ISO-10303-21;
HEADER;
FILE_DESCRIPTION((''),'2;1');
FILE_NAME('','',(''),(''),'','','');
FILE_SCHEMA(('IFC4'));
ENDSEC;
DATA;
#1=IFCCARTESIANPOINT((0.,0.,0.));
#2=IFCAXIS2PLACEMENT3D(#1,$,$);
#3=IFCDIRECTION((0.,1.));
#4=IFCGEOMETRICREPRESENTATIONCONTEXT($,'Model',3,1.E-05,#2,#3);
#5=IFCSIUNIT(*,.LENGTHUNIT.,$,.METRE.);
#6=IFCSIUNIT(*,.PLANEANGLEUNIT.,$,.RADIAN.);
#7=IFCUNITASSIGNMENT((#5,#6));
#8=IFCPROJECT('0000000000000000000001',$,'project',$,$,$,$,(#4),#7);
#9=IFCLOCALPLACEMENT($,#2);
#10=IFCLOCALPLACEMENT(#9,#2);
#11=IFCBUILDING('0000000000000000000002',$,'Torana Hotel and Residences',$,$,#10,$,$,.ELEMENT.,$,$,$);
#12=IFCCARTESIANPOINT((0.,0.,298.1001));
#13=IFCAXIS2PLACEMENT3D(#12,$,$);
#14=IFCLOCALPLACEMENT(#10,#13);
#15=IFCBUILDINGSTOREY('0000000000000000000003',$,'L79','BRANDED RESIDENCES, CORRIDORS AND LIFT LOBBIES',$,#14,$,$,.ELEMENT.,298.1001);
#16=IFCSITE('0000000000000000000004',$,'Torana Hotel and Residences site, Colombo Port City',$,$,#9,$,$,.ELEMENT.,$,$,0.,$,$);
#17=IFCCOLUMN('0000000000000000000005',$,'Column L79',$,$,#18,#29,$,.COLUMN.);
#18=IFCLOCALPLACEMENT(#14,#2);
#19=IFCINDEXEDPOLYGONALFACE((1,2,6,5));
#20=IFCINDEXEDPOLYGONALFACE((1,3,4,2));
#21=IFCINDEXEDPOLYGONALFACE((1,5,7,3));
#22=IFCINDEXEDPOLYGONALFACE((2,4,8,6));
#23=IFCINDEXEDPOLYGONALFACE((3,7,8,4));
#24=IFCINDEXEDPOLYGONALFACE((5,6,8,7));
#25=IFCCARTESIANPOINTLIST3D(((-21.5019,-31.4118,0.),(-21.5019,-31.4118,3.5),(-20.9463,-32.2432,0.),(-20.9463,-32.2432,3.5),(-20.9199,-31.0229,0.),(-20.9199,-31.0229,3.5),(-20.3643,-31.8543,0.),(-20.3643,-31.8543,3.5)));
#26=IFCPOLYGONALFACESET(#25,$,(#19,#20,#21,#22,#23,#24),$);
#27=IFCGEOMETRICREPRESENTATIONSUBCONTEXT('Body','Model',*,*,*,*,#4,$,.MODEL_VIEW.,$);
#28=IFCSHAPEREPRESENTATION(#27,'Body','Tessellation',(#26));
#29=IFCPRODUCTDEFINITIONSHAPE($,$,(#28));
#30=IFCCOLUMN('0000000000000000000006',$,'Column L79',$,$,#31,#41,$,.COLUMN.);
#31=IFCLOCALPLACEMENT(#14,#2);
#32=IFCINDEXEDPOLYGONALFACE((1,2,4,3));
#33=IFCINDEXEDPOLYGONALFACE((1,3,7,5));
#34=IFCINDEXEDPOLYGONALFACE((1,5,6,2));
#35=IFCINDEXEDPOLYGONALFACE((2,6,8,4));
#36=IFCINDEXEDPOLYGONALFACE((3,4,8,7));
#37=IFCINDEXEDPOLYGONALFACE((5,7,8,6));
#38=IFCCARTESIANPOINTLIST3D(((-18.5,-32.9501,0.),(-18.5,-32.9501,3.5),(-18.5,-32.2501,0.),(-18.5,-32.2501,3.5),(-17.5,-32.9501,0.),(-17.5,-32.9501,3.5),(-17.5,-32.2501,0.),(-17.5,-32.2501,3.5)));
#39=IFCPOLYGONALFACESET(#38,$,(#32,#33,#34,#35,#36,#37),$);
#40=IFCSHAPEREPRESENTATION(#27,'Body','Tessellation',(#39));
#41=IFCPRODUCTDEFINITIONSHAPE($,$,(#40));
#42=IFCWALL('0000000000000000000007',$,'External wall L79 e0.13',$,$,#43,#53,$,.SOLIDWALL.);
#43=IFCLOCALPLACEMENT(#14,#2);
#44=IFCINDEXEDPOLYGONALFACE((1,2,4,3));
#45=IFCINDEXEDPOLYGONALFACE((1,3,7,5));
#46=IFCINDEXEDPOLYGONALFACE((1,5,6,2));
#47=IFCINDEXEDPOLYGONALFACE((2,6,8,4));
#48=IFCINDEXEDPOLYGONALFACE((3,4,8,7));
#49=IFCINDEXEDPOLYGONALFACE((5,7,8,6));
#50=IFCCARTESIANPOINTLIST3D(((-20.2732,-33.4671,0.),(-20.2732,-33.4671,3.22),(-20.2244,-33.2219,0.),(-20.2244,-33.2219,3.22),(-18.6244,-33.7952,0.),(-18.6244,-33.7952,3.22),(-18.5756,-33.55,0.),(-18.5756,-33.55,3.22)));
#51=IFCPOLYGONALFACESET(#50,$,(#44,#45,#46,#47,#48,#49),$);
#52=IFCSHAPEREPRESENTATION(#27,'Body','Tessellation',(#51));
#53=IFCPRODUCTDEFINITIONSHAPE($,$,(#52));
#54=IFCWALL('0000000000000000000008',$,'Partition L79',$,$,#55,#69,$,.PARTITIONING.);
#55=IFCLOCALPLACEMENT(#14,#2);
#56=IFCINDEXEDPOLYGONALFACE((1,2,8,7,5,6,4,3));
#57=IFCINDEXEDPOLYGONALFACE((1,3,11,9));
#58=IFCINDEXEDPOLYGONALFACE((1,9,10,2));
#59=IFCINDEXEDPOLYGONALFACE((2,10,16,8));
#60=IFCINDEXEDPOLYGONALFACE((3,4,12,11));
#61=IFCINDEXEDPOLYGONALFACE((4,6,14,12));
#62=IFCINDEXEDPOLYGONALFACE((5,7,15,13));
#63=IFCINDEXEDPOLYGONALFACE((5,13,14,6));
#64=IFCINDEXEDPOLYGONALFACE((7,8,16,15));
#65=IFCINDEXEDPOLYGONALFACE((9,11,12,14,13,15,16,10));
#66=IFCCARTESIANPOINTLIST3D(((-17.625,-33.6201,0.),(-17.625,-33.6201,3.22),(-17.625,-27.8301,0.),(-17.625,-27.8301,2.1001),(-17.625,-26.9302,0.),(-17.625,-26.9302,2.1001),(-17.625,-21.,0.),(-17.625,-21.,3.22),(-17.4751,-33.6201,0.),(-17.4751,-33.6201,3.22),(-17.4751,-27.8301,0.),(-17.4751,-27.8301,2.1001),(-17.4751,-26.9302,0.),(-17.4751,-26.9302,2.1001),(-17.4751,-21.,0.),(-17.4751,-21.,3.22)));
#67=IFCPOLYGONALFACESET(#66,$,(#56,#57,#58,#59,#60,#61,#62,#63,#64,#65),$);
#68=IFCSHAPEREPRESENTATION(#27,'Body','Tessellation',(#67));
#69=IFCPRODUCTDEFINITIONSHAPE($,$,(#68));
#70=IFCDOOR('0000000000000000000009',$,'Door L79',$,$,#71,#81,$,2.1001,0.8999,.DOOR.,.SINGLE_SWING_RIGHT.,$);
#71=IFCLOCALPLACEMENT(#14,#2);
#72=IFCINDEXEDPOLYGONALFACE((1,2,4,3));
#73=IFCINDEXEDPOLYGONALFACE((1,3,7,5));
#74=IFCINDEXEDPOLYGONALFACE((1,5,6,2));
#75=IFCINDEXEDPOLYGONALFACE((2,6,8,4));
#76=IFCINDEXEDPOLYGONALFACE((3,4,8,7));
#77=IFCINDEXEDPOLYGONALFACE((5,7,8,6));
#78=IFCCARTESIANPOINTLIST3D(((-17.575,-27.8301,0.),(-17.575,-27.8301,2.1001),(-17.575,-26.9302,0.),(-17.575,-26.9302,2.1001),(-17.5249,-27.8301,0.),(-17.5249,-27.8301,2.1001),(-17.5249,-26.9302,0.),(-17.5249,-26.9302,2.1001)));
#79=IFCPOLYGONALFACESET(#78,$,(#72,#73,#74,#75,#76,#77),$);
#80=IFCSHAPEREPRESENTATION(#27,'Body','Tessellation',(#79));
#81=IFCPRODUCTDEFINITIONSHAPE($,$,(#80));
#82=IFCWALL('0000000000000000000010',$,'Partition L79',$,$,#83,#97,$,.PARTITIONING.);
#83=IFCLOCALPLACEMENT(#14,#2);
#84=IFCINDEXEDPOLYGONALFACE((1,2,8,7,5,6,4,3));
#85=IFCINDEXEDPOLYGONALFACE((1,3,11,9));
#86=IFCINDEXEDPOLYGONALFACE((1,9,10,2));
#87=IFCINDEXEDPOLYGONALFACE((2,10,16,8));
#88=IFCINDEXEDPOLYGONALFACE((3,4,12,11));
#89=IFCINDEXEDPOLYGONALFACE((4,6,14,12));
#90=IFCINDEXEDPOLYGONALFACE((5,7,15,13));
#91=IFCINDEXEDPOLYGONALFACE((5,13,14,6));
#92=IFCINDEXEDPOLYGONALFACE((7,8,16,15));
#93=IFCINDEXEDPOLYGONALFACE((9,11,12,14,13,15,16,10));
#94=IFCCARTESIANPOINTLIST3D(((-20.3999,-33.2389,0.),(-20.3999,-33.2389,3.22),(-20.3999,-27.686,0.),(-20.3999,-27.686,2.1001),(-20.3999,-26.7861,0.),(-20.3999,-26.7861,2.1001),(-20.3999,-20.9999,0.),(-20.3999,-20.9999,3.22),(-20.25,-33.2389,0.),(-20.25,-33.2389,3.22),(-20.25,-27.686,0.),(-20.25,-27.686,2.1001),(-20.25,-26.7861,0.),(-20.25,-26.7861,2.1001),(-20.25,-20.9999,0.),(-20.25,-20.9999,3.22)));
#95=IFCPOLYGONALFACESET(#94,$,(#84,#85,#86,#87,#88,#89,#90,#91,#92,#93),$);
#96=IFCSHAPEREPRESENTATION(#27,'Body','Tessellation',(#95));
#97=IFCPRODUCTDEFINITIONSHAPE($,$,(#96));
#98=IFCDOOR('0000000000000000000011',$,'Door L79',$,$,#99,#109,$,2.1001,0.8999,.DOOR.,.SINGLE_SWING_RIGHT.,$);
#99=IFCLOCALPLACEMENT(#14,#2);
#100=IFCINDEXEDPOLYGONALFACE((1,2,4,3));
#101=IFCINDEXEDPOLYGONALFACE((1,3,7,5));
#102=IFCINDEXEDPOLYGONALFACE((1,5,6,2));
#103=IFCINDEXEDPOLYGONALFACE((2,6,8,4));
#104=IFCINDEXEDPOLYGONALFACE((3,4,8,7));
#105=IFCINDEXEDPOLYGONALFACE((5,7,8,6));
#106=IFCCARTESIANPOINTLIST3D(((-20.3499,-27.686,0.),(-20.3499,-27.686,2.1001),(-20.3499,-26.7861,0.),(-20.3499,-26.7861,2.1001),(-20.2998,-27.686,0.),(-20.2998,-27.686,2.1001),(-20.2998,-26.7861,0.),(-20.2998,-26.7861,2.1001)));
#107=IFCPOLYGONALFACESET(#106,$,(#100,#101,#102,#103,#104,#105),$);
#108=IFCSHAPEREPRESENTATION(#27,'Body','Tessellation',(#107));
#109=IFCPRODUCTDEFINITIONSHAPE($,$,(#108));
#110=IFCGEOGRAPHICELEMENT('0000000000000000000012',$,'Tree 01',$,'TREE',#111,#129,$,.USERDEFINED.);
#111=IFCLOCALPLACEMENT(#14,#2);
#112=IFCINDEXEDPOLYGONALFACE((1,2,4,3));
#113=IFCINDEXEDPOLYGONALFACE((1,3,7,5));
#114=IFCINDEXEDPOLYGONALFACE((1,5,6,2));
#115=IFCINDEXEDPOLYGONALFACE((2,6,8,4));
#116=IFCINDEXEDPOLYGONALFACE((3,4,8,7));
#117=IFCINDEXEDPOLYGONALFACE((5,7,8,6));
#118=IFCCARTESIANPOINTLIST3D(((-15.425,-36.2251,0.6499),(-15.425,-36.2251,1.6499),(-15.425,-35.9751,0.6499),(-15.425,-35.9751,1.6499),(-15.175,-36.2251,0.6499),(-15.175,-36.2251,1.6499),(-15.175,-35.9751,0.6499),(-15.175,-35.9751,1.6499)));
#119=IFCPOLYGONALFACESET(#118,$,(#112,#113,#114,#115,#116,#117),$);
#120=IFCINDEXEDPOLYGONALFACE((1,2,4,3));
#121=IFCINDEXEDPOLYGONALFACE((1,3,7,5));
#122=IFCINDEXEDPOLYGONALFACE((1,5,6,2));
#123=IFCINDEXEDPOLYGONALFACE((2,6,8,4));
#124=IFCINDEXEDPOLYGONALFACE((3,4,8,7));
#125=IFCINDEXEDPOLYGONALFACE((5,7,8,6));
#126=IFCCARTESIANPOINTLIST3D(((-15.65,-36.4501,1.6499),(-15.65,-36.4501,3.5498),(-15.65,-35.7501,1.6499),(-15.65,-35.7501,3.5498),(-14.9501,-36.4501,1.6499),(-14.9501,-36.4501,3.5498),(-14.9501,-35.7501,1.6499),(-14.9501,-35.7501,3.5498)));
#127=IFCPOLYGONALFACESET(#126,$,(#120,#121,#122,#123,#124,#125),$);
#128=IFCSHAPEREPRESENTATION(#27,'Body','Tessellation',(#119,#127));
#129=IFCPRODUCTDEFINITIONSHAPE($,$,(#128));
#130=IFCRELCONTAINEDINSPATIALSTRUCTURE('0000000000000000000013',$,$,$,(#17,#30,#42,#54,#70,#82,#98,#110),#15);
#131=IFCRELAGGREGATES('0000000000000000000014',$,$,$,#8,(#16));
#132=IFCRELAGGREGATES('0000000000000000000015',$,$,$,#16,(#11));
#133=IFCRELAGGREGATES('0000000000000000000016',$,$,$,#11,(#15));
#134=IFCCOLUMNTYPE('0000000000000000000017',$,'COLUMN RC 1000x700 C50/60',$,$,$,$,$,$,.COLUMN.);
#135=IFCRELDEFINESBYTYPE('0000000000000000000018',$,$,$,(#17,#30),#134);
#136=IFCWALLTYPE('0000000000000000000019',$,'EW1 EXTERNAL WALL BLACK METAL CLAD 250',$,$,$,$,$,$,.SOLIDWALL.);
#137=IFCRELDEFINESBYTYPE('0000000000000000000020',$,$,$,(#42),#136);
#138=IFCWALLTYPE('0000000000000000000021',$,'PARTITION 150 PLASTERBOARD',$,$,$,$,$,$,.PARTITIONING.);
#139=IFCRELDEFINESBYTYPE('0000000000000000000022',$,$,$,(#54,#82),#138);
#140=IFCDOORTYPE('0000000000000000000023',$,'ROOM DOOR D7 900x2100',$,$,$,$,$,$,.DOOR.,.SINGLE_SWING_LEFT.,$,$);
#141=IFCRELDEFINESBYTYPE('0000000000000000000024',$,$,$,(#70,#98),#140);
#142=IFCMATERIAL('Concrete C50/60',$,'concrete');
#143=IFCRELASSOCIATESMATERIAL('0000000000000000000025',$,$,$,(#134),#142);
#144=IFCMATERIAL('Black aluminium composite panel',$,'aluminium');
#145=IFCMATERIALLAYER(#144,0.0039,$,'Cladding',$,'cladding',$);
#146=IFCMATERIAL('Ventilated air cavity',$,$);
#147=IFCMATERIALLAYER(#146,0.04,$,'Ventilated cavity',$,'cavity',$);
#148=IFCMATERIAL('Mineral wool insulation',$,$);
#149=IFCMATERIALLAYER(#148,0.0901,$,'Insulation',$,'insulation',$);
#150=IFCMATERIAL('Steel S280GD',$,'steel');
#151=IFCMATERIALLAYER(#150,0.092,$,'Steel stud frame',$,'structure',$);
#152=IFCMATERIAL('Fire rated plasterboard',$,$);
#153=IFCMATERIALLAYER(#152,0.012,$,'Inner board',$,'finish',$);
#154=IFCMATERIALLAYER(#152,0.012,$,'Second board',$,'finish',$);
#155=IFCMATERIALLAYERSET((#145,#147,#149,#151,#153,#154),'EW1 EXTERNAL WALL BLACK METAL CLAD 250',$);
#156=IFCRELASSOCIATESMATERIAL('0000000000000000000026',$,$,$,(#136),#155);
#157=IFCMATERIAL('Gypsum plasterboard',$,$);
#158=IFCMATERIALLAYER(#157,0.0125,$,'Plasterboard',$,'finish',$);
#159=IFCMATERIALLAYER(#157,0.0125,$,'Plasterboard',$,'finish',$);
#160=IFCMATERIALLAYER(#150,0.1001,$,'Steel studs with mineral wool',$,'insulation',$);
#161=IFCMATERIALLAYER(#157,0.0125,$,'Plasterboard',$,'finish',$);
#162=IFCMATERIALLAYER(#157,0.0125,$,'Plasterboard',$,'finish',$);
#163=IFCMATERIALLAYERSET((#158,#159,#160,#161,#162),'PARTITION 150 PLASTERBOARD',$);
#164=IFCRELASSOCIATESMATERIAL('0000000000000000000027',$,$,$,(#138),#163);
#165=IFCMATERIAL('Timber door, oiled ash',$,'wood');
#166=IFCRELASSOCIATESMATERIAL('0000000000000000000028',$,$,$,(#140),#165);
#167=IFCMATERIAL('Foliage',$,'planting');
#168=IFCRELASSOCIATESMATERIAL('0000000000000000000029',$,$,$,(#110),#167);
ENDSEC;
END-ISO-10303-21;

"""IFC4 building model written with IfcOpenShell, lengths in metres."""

from ifc_helpers import new_model, si_unit, direction, frame, frame_2d, origin, origin_2d, place, context, subcontext, project, spatial, rectangle, extrude, material, layer, layer_set, material_profile, profile_set, type_object, element, fill, save


model = new_model("IFC4")

# Units and contexts
model_context = context("Model", 3, precision=1e-05, world=origin(), true_north=direction((0.0, 1.0)))
body_context = subcontext(model_context, "Body", "Model", "MODEL_VIEW")
ifc_project = project(units=[si_unit("LENGTHUNIT", "METRE"), si_unit("PLANEANGLEUNIT", "RADIAN")], contexts=[model_context])

# Site, building, storey
site_placement = place(None, origin())
site = spatial("IfcSite", under=ifc_project, at=site_placement, Name="Torana Hotel and Residences site, Colombo Port City", CompositionType="ELEMENT", RefElevation=0.0)
building_placement = place(site_placement, origin())
building = spatial("IfcBuilding", under=site, at=building_placement, Name="Torana Hotel and Residences", CompositionType="ELEMENT")
storey_placement = place(building_placement, frame((0.0, 0.0, 298.1001)))
storey = spatial("IfcBuildingStorey", under=building, at=storey_placement, Name="L79", Description="BRANDED RESIDENCES, CORRIDORS AND LIFT LOBBIES", CompositionType="ELEMENT", Elevation=298.1001)

# Columns
ifc_material_1 = material(Name="Concrete C50/60", Category="concrete")
ifc_material_profile = material_profile(ifc_material_1, rectangle(XDim=1.0, YDim=0.7, at=origin_2d()), Name="RC 1000x700")
ifc_profile_set = profile_set([ifc_material_profile], Name="Concrete C50/60")
column_type = type_object("IfcColumnType", Name="COLUMN RC 1000x700 C50/60", PredefinedType="COLUMN", material=ifc_profile_set)
for number, where, z_axis, x_axis, name in (
    (1, (-20.9331, -31.6331, 0.0), (0.0, 0.0, 1.0), (-0.555585, 0.83146, 0.0), "Column L79"),
    (2, (-18.0, -32.6001, 0.0), (0.0, 0.0, 1.0), (1.0, 0.0, 0.0), "Column L79"),
):
    element("IfcColumn", number, at=place(storey_placement, frame(where, z_axis=z_axis, x_axis=x_axis)), inside=storey, type_object=column_type, Name=name, PredefinedType="COLUMN", context=body_context, shape_type="SweptSolid", body=[
        extrude(rectangle(XDim=1.0, YDim=0.7, at=origin_2d()), origin(), (0.0, 0.0, 1.0), 3.5),
    ])

# Wall
ifc_material_2 = material(Name="Black aluminium composite panel", Category="aluminium")
ifc_layer_1 = layer(ifc_material_2, 0.0039, Name="Cladding", Category="cladding")
ifc_material_3 = material(Name="Ventilated air cavity")
ifc_layer_2 = layer(ifc_material_3, 0.04, Name="Ventilated cavity", Category="cavity")
ifc_material_4 = material(Name="Mineral wool insulation")
ifc_layer_3 = layer(ifc_material_4, 0.0901, Name="Insulation", Category="insulation")
ifc_material_5 = material(Name="Steel S280GD", Category="steel")
ifc_layer_4 = layer(ifc_material_5, 0.092, Name="Steel stud frame", Category="structure")
ifc_material_6 = material(Name="Fire rated plasterboard")
ifc_layer_5 = layer(ifc_material_6, 0.012, Name="Inner board", Category="finish")
ifc_layer_6 = layer(ifc_material_6, 0.012, Name="Second board", Category="finish")
ifc_layer_set_1 = layer_set([ifc_layer_1, ifc_layer_2, ifc_layer_3, ifc_layer_4, ifc_layer_5, ifc_layer_6], Name="EW1 EXTERNAL WALL BLACK METAL CLAD 250")
wall_type_1 = type_object("IfcWallType", Name="EW1 EXTERNAL WALL BLACK METAL CLAD 250", PredefinedType="SOLIDWALL", material=ifc_layer_set_1)
wall_1_placement = place(storey_placement, frame((-20.2488, -33.3445, 0.0), z_axis=(0.0, 0.0, 1.0), x_axis=(0.98077, -0.195167, 0.0)))
element("IfcWall", 3, at=wall_1_placement, inside=storey, type_object=wall_type_1, Name="External wall L79 e0.13", PredefinedType="SOLIDWALL", context=body_context, shape_type="SweptSolid", body=[
    extrude(rectangle(XDim=1.6812, YDim=0.25, at=frame_2d((0.8406, 0.0))), origin(), (0.0, 0.0, 1.0), 3.22),
])

# Walls, openings, doors
ifc_material_7 = material(Name="Gypsum plasterboard")
ifc_layer_7 = layer(ifc_material_7, 0.0125, Name="Plasterboard", Category="finish")
ifc_layer_8 = layer(ifc_material_7, 0.0125, Name="Plasterboard", Category="finish")
ifc_layer_9 = layer(ifc_material_5, 0.1001, Name="Steel studs with mineral wool", Category="insulation")
ifc_layer_10 = layer(ifc_material_7, 0.0125, Name="Plasterboard", Category="finish")
ifc_layer_11 = layer(ifc_material_7, 0.0125, Name="Plasterboard", Category="finish")
ifc_layer_set_2 = layer_set([ifc_layer_7, ifc_layer_8, ifc_layer_9, ifc_layer_10, ifc_layer_11], Name="PARTITION 150 PLASTERBOARD")
wall_type_2 = type_object("IfcWallType", Name="PARTITION 150 PLASTERBOARD", PredefinedType="PARTITIONING", material=ifc_layer_set_2)
wall_2_placement = place(storey_placement, frame((-17.55, -33.6201, 0.0), z_axis=(0.0, 0.0, 1.0), x_axis=(0.0, 1.0, 0.0)))
wall_2 = element("IfcWall", 4, at=wall_2_placement, inside=storey, type_object=wall_type_2, Name="Partition L79", PredefinedType="PARTITIONING", context=body_context, shape_type="SweptSolid", body=[
    extrude(rectangle(XDim=12.6201, YDim=0.1499, at=frame_2d((6.3101, 0.0))), origin(), (0.0, 0.0, 1.0), 3.22),
])
opening_1_placement = place(wall_2_placement, frame((5.79, 0.0, 0.0)))
opening_1 = element("IfcOpeningElement", 5, at=opening_1_placement, cuts=wall_2, PredefinedType="OPENING", context=body_context, shape_type="SweptSolid", body=[
    extrude(rectangle(XDim=0.8999, YDim=2.1001, at=frame_2d((0.45, 1.05))), frame((0.0, 0.085, 0.0), z_axis=(0.0, -1.0, 0.0), x_axis=(1.0, 0.0, 0.0)), (0.0, 0.0, 1.0), 0.1699),
])
ifc_material_8 = material(Name="Timber door, oiled ash", Category="wood")
door_type_1 = type_object("IfcDoorType", Name="ROOM DOOR D7 900x2100", OperationType="SINGLE_SWING_LEFT", PredefinedType="DOOR", material=ifc_material_8)
door_1_placement = place(opening_1_placement, origin())
door_1 = element("IfcDoor", 6, at=door_1_placement, inside=storey, type_object=door_type_1, Name="Door L79", OperationType="SINGLE_SWING_RIGHT", OverallHeight=2.1001, OverallWidth=0.8999, PredefinedType="DOOR", context=body_context, shape_type="SweptSolid", body=[
    extrude(rectangle(XDim=0.8999, YDim=2.1001, at=frame_2d((0.45, 1.05))), frame((0.0, 0.0249, 0.0), z_axis=(0.0, -1.0, 0.0), x_axis=(1.0, 0.0, 0.0)), (0.0, 0.0, 1.0), 0.05),
])
fill(opening_1, door_1)
wall_3_placement = place(storey_placement, frame((-20.325, -33.239, 0.0), z_axis=(0.0, 0.0, 1.0), x_axis=(0.0, 1.0, 0.0)))
wall_3 = element("IfcWall", 7, at=wall_3_placement, inside=storey, type_object=wall_type_2, Name="Partition L79", PredefinedType="PARTITIONING", context=body_context, shape_type="SweptSolid", body=[
    extrude(rectangle(XDim=12.239, YDim=0.1499, at=frame_2d((6.1196, 0.0))), origin(), (0.0, 0.0, 1.0), 3.22),
])
opening_2_placement = place(wall_3_placement, frame((5.553, 0.0, 0.0)))
opening_2 = element("IfcOpeningElement", 8, at=opening_2_placement, cuts=wall_3, PredefinedType="OPENING", context=body_context, shape_type="SweptSolid", body=[
    extrude(rectangle(XDim=0.8999, YDim=2.1001, at=frame_2d((0.45, 1.05))), frame((0.0, 0.085, 0.0), z_axis=(0.0, -1.0, 0.0), x_axis=(1.0, 0.0, 0.0)), (0.0, 0.0, 1.0), 0.1699),
])
door_2_placement = place(opening_2_placement, origin())
door_2 = element("IfcDoor", 9, at=door_2_placement, inside=storey, type_object=door_type_1, Name="Door L79", OperationType="SINGLE_SWING_RIGHT", OverallHeight=2.1001, OverallWidth=0.8999, PredefinedType="DOOR", context=body_context, shape_type="SweptSolid", body=[
    extrude(rectangle(XDim=0.8999, YDim=2.1001, at=frame_2d((0.45, 1.05))), frame((0.0, 0.0249, 0.0), z_axis=(0.0, -1.0, 0.0), x_axis=(1.0, 0.0, 0.0)), (0.0, 0.0, 1.0), 0.05),
])
fill(opening_2, door_2)

# Geographic element
ifc_material_9 = material(Name="Foliage", Category="planting")
geographic_element_placement = place(storey_placement, frame((-15.3, -36.1001, 0.6499), z_axis=(0.0, 0.0, 1.0), x_axis=(1.0, 0.0, 0.0)))
element("IfcGeographicElement", 10, at=geographic_element_placement, inside=storey, material=ifc_material_9, Name="Tree 01", ObjectType="TREE", PredefinedType="USERDEFINED", context=body_context, shape_type="SweptSolid", body=[
    extrude(rectangle(XDim=0.25, YDim=0.25, at=origin_2d()), origin(), (0.0, 0.0, 1.0), 1.0),
    extrude(rectangle(XDim=0.7, YDim=0.7, at=origin_2d()), frame((0.0, 0.0, 1.0)), (0.0, 0.0, 1.0), 1.8999),
])

save(model, "model.ifc")
